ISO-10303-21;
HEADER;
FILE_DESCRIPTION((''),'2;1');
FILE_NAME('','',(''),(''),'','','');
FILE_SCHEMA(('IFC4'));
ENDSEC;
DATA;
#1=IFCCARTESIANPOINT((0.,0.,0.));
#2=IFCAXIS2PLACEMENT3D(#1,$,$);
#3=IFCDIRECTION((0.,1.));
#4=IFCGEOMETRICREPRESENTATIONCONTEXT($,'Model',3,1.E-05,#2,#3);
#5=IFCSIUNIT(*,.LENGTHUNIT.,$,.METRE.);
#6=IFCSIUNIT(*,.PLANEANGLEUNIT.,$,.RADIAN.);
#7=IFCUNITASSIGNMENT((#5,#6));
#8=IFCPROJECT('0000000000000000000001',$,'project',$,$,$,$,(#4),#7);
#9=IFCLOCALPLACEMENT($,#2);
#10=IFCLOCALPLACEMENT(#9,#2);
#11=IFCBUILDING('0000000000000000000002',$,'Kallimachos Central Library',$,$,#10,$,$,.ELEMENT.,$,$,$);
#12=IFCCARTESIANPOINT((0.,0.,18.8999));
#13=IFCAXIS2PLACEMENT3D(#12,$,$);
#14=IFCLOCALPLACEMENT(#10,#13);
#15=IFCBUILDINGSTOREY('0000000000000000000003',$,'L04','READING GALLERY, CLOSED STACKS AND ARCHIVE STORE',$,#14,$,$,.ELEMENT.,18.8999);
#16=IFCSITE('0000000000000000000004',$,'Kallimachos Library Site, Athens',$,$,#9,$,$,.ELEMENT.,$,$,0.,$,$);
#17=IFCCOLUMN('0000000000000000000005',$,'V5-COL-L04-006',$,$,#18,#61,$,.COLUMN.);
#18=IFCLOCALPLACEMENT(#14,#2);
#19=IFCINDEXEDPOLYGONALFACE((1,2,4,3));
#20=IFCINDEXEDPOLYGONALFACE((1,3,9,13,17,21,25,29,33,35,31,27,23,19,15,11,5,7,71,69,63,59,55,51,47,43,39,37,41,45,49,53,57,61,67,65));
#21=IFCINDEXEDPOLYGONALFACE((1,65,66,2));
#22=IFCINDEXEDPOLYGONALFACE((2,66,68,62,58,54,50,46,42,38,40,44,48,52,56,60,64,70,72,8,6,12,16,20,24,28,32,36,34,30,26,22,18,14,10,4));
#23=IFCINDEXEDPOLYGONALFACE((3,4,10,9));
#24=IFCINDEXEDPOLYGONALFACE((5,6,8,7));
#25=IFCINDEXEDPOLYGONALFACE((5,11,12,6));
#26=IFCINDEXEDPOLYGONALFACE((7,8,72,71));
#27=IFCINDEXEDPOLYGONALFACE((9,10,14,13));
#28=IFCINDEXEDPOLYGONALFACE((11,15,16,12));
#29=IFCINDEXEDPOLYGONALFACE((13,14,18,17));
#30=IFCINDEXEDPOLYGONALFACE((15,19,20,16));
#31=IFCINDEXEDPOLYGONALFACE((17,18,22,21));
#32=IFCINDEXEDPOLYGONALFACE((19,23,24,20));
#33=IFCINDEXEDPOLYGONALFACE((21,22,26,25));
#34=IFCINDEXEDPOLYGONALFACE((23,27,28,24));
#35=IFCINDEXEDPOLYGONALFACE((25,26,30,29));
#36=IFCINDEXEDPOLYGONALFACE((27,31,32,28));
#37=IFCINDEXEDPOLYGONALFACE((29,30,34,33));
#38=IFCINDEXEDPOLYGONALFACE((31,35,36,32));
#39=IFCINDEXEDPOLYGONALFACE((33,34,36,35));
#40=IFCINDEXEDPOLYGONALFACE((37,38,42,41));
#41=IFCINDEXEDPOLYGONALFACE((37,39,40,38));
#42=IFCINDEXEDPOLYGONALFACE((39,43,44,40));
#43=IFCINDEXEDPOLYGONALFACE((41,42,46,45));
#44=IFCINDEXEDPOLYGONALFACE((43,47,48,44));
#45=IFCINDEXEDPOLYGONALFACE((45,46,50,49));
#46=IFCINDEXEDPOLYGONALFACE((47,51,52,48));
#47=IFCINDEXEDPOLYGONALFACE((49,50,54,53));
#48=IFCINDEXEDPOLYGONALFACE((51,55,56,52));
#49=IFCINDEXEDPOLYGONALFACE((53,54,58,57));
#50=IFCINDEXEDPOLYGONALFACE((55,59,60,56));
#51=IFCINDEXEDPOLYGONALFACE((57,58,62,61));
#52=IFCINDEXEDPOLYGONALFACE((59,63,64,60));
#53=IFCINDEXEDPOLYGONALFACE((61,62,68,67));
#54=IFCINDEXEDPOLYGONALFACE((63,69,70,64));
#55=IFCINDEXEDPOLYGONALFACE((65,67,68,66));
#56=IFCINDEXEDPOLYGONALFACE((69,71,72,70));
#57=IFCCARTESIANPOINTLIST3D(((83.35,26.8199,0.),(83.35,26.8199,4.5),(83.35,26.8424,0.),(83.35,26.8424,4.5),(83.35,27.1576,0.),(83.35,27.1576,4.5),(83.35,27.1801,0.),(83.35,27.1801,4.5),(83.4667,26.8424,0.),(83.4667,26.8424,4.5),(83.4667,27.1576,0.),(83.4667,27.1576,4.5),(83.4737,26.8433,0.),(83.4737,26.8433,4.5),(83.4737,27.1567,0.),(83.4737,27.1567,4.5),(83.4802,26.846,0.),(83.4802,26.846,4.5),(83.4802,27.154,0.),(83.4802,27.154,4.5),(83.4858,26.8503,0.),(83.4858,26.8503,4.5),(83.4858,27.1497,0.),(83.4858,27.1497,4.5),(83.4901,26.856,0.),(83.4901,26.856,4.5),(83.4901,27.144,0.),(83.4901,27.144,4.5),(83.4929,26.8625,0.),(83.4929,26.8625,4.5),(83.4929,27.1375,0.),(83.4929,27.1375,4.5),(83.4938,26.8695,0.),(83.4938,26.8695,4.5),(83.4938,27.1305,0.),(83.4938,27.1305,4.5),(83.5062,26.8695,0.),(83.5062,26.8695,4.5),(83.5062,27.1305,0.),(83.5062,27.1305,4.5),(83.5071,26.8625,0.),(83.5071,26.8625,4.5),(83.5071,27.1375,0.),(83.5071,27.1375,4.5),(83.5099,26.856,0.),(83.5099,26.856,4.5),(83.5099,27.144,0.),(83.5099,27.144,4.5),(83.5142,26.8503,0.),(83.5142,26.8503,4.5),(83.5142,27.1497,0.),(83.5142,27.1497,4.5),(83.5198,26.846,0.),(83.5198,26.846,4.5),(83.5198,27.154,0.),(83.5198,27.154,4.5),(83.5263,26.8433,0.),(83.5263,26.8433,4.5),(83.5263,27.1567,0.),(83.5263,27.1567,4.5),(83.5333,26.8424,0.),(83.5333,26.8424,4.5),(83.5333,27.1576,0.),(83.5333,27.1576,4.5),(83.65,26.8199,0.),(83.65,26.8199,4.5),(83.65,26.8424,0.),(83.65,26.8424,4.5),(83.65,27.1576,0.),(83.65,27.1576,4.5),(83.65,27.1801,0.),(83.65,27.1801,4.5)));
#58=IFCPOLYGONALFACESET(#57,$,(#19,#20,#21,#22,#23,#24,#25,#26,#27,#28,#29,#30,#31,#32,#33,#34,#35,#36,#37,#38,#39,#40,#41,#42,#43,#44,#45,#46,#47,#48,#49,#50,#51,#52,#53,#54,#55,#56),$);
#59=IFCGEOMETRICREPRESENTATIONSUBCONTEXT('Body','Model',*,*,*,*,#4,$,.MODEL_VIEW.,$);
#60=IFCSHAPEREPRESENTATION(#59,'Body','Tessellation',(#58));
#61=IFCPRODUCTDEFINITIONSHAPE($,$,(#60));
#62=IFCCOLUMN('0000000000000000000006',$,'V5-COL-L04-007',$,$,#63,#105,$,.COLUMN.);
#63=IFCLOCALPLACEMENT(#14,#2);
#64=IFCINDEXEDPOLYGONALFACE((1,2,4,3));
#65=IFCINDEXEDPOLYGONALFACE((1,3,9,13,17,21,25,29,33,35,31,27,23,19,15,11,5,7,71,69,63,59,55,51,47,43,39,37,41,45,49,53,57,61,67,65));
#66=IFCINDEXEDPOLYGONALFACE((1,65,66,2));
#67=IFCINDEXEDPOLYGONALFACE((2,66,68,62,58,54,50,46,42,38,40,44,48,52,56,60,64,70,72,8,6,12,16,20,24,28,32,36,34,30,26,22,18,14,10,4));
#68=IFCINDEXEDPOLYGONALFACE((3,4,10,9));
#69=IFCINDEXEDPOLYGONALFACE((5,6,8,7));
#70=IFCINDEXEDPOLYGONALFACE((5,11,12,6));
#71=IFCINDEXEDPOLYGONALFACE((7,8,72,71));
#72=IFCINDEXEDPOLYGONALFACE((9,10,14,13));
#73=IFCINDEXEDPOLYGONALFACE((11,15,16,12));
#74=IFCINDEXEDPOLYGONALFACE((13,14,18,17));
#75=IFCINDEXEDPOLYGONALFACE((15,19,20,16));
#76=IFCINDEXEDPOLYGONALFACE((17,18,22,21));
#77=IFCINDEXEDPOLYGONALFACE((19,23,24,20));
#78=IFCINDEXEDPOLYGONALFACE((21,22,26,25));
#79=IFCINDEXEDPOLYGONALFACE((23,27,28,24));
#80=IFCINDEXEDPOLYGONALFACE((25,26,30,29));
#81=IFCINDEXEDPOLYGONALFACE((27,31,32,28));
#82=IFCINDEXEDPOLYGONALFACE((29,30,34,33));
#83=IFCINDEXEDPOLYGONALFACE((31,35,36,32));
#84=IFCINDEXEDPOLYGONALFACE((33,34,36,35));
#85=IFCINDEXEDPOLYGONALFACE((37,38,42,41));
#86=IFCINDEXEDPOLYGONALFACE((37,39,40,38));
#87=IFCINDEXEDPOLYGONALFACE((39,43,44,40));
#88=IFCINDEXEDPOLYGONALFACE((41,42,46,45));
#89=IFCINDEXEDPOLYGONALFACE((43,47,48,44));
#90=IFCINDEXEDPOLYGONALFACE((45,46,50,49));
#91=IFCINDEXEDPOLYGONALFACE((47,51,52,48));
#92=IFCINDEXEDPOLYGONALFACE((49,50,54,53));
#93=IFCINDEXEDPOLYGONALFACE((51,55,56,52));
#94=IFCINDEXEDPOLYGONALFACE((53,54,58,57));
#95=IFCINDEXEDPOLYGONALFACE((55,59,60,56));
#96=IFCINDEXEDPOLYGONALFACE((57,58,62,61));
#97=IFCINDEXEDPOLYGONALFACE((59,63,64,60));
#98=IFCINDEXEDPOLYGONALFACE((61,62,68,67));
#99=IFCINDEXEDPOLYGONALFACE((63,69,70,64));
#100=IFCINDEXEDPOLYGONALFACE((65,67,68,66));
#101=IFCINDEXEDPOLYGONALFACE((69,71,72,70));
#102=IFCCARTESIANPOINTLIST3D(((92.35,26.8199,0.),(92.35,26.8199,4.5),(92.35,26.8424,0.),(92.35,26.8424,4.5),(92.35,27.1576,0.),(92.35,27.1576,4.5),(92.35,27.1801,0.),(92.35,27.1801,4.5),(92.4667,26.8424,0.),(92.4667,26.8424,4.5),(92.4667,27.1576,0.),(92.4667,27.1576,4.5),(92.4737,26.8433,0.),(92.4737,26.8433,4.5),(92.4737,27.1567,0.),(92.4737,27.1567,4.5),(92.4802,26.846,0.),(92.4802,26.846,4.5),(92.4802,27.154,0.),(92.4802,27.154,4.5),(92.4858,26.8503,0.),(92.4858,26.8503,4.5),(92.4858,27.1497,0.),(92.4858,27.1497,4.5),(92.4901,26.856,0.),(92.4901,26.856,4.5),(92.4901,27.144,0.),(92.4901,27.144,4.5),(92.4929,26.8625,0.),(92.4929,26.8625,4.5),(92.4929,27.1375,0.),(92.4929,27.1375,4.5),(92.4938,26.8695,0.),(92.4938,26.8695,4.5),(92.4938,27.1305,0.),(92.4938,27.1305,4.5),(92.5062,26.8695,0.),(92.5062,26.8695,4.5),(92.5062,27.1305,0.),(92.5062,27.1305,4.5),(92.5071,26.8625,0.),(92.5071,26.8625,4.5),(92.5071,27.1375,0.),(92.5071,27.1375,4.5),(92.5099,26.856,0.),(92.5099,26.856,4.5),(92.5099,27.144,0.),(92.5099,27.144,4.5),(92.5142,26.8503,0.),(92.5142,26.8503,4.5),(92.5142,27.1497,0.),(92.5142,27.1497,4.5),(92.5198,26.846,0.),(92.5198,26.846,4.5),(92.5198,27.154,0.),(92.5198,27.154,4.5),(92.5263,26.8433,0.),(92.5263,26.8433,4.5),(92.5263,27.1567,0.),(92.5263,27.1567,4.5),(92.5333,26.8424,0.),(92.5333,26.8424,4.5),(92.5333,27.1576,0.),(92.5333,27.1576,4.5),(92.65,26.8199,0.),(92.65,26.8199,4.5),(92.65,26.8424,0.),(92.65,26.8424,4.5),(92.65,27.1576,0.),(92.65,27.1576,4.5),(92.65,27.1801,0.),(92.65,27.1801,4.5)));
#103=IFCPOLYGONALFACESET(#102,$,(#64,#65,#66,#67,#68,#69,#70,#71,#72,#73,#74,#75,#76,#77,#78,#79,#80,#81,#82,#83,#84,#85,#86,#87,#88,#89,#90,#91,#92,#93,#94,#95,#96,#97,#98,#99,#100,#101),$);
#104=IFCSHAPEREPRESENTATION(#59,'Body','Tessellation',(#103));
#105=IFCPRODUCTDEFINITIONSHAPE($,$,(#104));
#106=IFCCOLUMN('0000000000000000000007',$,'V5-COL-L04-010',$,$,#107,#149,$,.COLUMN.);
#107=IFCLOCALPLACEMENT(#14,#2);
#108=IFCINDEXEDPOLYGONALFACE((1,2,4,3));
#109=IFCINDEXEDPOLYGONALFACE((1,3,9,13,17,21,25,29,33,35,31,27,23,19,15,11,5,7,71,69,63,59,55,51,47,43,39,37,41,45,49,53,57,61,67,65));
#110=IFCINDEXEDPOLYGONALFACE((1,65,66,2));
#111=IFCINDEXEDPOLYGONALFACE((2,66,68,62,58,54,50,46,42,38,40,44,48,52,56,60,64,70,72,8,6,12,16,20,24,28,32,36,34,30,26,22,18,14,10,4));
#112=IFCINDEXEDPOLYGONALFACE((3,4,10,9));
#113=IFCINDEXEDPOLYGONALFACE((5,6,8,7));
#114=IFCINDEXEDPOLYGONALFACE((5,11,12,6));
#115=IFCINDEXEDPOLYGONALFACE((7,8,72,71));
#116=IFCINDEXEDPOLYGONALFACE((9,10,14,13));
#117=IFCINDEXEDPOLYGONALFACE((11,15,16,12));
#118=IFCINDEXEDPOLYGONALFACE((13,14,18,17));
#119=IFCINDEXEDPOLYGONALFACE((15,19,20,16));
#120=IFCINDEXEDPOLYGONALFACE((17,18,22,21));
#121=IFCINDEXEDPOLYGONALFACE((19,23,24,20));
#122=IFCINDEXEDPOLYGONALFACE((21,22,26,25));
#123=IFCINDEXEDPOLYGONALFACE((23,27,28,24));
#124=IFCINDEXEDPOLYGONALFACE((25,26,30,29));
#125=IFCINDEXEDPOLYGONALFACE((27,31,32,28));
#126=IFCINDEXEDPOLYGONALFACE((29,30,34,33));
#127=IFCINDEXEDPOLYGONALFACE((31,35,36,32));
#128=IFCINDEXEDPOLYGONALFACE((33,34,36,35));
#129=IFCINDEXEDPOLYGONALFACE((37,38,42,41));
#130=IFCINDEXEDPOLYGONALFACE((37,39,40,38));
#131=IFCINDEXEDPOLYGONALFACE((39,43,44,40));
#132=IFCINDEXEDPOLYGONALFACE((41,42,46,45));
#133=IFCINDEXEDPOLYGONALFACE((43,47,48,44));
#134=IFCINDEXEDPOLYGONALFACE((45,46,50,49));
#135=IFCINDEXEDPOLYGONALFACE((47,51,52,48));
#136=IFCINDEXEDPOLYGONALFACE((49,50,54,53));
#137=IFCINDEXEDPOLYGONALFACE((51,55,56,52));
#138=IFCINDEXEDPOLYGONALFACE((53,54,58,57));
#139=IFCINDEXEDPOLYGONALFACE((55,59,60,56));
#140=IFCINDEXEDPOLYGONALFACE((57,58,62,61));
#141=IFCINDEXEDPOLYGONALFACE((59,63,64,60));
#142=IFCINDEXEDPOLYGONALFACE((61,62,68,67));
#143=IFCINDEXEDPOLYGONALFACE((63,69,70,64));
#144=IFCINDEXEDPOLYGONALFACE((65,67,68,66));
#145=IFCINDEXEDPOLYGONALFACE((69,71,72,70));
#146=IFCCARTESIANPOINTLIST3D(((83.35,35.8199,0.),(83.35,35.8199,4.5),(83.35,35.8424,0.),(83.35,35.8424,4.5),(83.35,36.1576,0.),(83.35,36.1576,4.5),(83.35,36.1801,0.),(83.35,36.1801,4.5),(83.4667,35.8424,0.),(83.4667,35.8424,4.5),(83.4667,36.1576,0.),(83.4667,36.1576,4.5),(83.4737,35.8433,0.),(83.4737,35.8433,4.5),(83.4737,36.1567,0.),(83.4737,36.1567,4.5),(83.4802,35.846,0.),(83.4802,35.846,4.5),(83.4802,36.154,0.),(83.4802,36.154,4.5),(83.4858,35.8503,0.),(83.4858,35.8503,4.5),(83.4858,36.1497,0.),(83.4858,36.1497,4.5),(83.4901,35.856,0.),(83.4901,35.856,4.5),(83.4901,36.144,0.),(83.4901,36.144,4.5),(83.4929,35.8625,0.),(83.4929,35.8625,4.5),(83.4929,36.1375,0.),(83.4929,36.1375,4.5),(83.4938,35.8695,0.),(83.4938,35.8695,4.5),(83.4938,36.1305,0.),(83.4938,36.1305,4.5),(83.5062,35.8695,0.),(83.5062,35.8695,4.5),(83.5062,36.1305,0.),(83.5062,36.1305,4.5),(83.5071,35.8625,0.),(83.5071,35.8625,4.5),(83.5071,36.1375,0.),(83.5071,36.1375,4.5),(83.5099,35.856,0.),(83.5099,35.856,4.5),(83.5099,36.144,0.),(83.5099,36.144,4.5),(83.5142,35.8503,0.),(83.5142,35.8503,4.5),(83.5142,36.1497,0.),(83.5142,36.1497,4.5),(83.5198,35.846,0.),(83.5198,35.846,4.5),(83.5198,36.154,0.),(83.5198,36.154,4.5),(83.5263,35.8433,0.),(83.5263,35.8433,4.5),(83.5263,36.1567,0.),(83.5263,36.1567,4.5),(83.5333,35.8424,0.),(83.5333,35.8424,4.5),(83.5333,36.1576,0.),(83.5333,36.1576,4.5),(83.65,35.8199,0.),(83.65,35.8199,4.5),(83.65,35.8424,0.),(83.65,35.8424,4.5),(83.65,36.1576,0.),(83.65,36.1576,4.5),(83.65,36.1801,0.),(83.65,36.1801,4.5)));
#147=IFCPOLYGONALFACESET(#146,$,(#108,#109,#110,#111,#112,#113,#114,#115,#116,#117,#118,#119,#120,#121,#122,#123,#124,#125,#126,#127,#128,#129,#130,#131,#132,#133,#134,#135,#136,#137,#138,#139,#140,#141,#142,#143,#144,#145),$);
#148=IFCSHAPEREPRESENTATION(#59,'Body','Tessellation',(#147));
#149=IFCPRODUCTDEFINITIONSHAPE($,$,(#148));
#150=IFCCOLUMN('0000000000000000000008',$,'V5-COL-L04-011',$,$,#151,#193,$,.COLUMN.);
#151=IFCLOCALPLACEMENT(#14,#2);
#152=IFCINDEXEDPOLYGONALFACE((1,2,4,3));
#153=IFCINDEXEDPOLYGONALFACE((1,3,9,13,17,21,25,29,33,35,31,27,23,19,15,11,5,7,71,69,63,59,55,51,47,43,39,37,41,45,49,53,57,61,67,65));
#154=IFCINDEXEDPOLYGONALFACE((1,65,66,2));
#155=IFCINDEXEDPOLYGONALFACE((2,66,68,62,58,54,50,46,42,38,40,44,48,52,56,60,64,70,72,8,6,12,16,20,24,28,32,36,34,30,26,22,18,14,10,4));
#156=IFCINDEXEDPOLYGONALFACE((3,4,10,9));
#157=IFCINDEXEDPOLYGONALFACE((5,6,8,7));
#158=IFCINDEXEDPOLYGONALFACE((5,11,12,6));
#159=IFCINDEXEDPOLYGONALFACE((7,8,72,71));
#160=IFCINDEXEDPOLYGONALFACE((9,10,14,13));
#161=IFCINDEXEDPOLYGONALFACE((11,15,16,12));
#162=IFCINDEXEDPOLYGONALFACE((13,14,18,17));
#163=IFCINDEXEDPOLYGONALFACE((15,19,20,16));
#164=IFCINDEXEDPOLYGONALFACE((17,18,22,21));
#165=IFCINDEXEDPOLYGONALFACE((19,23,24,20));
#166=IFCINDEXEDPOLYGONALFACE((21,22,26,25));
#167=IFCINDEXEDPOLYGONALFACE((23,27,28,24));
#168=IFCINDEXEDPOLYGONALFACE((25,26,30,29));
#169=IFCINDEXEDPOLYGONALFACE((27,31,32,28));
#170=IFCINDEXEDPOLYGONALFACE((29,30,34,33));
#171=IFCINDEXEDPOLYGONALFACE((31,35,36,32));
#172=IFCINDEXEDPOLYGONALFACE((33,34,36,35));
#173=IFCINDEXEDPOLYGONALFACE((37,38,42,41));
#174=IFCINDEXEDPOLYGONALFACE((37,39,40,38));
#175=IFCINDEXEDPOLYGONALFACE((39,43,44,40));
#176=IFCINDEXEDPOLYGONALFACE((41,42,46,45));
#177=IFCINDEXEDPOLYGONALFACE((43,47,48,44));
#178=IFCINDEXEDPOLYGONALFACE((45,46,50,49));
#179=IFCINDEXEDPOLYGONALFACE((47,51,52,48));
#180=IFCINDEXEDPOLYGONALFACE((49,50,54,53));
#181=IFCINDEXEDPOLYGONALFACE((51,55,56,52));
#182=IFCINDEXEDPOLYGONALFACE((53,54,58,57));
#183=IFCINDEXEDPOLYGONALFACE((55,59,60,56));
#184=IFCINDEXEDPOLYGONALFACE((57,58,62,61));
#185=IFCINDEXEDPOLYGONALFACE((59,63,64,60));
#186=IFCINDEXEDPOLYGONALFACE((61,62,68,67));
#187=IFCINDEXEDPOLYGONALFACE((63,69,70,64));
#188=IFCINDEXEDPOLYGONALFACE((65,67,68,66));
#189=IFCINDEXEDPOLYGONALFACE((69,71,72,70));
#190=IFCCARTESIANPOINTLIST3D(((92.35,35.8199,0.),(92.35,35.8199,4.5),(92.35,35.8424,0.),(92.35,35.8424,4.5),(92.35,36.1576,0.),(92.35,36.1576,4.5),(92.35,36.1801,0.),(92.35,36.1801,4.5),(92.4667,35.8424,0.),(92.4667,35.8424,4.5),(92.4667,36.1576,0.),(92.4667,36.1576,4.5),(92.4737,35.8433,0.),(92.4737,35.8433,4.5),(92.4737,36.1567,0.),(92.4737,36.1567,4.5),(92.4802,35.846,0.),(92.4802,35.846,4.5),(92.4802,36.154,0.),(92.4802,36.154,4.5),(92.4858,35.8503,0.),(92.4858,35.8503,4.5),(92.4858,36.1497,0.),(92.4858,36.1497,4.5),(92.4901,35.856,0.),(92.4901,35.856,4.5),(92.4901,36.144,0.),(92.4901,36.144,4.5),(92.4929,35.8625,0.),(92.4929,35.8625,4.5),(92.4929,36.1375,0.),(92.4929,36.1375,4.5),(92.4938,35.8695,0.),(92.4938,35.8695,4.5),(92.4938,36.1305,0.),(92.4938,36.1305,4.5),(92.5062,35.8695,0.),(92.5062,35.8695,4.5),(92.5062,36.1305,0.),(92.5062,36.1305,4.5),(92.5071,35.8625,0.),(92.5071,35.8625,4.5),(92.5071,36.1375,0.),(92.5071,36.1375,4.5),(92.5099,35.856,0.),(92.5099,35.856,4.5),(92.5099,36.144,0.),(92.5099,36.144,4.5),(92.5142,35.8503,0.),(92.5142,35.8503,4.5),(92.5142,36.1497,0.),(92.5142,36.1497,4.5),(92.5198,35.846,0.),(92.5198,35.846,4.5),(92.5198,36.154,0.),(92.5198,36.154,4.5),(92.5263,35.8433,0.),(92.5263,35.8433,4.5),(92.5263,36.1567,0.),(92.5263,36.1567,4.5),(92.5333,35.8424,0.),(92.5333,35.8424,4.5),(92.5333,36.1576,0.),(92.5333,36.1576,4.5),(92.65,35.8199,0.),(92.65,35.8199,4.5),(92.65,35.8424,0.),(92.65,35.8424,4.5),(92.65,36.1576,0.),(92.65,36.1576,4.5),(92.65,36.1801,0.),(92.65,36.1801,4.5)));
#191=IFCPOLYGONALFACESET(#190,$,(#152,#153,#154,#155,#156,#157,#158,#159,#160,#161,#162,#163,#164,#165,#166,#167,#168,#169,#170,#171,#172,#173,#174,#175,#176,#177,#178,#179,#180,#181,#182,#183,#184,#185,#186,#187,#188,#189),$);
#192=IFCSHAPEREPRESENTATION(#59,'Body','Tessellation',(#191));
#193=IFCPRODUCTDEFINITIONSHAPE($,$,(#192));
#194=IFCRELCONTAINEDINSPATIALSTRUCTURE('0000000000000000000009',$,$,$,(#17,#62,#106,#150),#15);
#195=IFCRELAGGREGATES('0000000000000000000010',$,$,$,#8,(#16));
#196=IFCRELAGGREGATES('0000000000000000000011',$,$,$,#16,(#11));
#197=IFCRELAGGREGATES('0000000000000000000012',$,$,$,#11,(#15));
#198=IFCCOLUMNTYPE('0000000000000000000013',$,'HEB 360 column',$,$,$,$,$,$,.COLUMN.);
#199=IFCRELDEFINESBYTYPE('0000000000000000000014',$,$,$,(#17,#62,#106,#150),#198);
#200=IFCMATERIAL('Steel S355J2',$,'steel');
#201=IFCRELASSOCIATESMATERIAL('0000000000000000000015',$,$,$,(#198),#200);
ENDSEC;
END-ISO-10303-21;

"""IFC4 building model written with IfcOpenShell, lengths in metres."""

from ifc_helpers import new_model, si_unit, direction, frame, origin, origin_2d, place, context, subcontext, project, spatial, i_section, extrude, material, material_profile, profile_set, type_object, element, save


model = new_model("IFC4")

# Units and contexts
model_context = context("Model", 3, precision=1e-05, world=origin(), true_north=direction((0.0, 1.0)))
body_context = subcontext(model_context, "Body", "Model", "MODEL_VIEW")
ifc_project = project(units=[si_unit("LENGTHUNIT", "METRE"), si_unit("PLANEANGLEUNIT", "RADIAN")], contexts=[model_context])

# Site, building, storey
site_placement = place(None, origin())
site = spatial("IfcSite", under=ifc_project, at=site_placement, Name="Kallimachos Library Site, Athens", CompositionType="ELEMENT", RefElevation=0.0)
building_placement = place(site_placement, origin())
building = spatial("IfcBuilding", under=site, at=building_placement, Name="Kallimachos Central Library", CompositionType="ELEMENT")
storey_placement = place(building_placement, frame((0.0, 0.0, 18.8999)))
storey = spatial("IfcBuildingStorey", under=building, at=storey_placement, Name="L04", Description="READING GALLERY, CLOSED STACKS AND ARCHIVE STORE", CompositionType="ELEMENT", Elevation=18.8999)

# Columns
ifc_material_1 = material(Name="Steel S355J2", Category="steel")
ifc_material_profile_1 = material_profile(ifc_material_1, i_section(OverallWidth=0.3, OverallDepth=0.3601, WebThickness=0.0125, FlangeThickness=0.0225, FilletRadius=0.0271, at=origin_2d()), Name="HEB 360")
ifc_profile_set_1 = profile_set([ifc_material_profile_1], Name="Steel S355J2")
column_type = type_object("IfcColumnType", Name="HEB 360 column", PredefinedType="COLUMN", material=ifc_profile_set_1)
for number, where, z_axis, x_axis, name in (
    (1, (83.5, 27.0, 0.0), (0.0, 0.0, 1.0), (1.0, 0.0, 0.0), "V5-COL-L04-006"),
    (2, (92.5, 27.0, 0.0), (0.0, 0.0, 1.0), (1.0, 0.0, 0.0), "V5-COL-L04-007"),
    (3, (83.5, 36.0, 0.0), (0.0, 0.0, 1.0), (1.0, 0.0, 0.0), "V5-COL-L04-010"),
    (4, (92.5, 36.0, 0.0), (0.0, 0.0, 1.0), (1.0, 0.0, 0.0), "V5-COL-L04-011"),
):
    element("IfcColumn", number, at=place(storey_placement, frame(where, z_axis=z_axis, x_axis=x_axis)), inside=storey, type_object=column_type, Name=name, PredefinedType="COLUMN", context=body_context, shape_type="SweptSolid", body=[
        extrude(i_section(OverallWidth=0.3, OverallDepth=0.3601, WebThickness=0.0125, FlangeThickness=0.0225, FilletRadius=0.0271, at=origin_2d()), origin(), (0.0, 0.0, 1.0), 4.5),
    ])

save(model, "model.ifc")
